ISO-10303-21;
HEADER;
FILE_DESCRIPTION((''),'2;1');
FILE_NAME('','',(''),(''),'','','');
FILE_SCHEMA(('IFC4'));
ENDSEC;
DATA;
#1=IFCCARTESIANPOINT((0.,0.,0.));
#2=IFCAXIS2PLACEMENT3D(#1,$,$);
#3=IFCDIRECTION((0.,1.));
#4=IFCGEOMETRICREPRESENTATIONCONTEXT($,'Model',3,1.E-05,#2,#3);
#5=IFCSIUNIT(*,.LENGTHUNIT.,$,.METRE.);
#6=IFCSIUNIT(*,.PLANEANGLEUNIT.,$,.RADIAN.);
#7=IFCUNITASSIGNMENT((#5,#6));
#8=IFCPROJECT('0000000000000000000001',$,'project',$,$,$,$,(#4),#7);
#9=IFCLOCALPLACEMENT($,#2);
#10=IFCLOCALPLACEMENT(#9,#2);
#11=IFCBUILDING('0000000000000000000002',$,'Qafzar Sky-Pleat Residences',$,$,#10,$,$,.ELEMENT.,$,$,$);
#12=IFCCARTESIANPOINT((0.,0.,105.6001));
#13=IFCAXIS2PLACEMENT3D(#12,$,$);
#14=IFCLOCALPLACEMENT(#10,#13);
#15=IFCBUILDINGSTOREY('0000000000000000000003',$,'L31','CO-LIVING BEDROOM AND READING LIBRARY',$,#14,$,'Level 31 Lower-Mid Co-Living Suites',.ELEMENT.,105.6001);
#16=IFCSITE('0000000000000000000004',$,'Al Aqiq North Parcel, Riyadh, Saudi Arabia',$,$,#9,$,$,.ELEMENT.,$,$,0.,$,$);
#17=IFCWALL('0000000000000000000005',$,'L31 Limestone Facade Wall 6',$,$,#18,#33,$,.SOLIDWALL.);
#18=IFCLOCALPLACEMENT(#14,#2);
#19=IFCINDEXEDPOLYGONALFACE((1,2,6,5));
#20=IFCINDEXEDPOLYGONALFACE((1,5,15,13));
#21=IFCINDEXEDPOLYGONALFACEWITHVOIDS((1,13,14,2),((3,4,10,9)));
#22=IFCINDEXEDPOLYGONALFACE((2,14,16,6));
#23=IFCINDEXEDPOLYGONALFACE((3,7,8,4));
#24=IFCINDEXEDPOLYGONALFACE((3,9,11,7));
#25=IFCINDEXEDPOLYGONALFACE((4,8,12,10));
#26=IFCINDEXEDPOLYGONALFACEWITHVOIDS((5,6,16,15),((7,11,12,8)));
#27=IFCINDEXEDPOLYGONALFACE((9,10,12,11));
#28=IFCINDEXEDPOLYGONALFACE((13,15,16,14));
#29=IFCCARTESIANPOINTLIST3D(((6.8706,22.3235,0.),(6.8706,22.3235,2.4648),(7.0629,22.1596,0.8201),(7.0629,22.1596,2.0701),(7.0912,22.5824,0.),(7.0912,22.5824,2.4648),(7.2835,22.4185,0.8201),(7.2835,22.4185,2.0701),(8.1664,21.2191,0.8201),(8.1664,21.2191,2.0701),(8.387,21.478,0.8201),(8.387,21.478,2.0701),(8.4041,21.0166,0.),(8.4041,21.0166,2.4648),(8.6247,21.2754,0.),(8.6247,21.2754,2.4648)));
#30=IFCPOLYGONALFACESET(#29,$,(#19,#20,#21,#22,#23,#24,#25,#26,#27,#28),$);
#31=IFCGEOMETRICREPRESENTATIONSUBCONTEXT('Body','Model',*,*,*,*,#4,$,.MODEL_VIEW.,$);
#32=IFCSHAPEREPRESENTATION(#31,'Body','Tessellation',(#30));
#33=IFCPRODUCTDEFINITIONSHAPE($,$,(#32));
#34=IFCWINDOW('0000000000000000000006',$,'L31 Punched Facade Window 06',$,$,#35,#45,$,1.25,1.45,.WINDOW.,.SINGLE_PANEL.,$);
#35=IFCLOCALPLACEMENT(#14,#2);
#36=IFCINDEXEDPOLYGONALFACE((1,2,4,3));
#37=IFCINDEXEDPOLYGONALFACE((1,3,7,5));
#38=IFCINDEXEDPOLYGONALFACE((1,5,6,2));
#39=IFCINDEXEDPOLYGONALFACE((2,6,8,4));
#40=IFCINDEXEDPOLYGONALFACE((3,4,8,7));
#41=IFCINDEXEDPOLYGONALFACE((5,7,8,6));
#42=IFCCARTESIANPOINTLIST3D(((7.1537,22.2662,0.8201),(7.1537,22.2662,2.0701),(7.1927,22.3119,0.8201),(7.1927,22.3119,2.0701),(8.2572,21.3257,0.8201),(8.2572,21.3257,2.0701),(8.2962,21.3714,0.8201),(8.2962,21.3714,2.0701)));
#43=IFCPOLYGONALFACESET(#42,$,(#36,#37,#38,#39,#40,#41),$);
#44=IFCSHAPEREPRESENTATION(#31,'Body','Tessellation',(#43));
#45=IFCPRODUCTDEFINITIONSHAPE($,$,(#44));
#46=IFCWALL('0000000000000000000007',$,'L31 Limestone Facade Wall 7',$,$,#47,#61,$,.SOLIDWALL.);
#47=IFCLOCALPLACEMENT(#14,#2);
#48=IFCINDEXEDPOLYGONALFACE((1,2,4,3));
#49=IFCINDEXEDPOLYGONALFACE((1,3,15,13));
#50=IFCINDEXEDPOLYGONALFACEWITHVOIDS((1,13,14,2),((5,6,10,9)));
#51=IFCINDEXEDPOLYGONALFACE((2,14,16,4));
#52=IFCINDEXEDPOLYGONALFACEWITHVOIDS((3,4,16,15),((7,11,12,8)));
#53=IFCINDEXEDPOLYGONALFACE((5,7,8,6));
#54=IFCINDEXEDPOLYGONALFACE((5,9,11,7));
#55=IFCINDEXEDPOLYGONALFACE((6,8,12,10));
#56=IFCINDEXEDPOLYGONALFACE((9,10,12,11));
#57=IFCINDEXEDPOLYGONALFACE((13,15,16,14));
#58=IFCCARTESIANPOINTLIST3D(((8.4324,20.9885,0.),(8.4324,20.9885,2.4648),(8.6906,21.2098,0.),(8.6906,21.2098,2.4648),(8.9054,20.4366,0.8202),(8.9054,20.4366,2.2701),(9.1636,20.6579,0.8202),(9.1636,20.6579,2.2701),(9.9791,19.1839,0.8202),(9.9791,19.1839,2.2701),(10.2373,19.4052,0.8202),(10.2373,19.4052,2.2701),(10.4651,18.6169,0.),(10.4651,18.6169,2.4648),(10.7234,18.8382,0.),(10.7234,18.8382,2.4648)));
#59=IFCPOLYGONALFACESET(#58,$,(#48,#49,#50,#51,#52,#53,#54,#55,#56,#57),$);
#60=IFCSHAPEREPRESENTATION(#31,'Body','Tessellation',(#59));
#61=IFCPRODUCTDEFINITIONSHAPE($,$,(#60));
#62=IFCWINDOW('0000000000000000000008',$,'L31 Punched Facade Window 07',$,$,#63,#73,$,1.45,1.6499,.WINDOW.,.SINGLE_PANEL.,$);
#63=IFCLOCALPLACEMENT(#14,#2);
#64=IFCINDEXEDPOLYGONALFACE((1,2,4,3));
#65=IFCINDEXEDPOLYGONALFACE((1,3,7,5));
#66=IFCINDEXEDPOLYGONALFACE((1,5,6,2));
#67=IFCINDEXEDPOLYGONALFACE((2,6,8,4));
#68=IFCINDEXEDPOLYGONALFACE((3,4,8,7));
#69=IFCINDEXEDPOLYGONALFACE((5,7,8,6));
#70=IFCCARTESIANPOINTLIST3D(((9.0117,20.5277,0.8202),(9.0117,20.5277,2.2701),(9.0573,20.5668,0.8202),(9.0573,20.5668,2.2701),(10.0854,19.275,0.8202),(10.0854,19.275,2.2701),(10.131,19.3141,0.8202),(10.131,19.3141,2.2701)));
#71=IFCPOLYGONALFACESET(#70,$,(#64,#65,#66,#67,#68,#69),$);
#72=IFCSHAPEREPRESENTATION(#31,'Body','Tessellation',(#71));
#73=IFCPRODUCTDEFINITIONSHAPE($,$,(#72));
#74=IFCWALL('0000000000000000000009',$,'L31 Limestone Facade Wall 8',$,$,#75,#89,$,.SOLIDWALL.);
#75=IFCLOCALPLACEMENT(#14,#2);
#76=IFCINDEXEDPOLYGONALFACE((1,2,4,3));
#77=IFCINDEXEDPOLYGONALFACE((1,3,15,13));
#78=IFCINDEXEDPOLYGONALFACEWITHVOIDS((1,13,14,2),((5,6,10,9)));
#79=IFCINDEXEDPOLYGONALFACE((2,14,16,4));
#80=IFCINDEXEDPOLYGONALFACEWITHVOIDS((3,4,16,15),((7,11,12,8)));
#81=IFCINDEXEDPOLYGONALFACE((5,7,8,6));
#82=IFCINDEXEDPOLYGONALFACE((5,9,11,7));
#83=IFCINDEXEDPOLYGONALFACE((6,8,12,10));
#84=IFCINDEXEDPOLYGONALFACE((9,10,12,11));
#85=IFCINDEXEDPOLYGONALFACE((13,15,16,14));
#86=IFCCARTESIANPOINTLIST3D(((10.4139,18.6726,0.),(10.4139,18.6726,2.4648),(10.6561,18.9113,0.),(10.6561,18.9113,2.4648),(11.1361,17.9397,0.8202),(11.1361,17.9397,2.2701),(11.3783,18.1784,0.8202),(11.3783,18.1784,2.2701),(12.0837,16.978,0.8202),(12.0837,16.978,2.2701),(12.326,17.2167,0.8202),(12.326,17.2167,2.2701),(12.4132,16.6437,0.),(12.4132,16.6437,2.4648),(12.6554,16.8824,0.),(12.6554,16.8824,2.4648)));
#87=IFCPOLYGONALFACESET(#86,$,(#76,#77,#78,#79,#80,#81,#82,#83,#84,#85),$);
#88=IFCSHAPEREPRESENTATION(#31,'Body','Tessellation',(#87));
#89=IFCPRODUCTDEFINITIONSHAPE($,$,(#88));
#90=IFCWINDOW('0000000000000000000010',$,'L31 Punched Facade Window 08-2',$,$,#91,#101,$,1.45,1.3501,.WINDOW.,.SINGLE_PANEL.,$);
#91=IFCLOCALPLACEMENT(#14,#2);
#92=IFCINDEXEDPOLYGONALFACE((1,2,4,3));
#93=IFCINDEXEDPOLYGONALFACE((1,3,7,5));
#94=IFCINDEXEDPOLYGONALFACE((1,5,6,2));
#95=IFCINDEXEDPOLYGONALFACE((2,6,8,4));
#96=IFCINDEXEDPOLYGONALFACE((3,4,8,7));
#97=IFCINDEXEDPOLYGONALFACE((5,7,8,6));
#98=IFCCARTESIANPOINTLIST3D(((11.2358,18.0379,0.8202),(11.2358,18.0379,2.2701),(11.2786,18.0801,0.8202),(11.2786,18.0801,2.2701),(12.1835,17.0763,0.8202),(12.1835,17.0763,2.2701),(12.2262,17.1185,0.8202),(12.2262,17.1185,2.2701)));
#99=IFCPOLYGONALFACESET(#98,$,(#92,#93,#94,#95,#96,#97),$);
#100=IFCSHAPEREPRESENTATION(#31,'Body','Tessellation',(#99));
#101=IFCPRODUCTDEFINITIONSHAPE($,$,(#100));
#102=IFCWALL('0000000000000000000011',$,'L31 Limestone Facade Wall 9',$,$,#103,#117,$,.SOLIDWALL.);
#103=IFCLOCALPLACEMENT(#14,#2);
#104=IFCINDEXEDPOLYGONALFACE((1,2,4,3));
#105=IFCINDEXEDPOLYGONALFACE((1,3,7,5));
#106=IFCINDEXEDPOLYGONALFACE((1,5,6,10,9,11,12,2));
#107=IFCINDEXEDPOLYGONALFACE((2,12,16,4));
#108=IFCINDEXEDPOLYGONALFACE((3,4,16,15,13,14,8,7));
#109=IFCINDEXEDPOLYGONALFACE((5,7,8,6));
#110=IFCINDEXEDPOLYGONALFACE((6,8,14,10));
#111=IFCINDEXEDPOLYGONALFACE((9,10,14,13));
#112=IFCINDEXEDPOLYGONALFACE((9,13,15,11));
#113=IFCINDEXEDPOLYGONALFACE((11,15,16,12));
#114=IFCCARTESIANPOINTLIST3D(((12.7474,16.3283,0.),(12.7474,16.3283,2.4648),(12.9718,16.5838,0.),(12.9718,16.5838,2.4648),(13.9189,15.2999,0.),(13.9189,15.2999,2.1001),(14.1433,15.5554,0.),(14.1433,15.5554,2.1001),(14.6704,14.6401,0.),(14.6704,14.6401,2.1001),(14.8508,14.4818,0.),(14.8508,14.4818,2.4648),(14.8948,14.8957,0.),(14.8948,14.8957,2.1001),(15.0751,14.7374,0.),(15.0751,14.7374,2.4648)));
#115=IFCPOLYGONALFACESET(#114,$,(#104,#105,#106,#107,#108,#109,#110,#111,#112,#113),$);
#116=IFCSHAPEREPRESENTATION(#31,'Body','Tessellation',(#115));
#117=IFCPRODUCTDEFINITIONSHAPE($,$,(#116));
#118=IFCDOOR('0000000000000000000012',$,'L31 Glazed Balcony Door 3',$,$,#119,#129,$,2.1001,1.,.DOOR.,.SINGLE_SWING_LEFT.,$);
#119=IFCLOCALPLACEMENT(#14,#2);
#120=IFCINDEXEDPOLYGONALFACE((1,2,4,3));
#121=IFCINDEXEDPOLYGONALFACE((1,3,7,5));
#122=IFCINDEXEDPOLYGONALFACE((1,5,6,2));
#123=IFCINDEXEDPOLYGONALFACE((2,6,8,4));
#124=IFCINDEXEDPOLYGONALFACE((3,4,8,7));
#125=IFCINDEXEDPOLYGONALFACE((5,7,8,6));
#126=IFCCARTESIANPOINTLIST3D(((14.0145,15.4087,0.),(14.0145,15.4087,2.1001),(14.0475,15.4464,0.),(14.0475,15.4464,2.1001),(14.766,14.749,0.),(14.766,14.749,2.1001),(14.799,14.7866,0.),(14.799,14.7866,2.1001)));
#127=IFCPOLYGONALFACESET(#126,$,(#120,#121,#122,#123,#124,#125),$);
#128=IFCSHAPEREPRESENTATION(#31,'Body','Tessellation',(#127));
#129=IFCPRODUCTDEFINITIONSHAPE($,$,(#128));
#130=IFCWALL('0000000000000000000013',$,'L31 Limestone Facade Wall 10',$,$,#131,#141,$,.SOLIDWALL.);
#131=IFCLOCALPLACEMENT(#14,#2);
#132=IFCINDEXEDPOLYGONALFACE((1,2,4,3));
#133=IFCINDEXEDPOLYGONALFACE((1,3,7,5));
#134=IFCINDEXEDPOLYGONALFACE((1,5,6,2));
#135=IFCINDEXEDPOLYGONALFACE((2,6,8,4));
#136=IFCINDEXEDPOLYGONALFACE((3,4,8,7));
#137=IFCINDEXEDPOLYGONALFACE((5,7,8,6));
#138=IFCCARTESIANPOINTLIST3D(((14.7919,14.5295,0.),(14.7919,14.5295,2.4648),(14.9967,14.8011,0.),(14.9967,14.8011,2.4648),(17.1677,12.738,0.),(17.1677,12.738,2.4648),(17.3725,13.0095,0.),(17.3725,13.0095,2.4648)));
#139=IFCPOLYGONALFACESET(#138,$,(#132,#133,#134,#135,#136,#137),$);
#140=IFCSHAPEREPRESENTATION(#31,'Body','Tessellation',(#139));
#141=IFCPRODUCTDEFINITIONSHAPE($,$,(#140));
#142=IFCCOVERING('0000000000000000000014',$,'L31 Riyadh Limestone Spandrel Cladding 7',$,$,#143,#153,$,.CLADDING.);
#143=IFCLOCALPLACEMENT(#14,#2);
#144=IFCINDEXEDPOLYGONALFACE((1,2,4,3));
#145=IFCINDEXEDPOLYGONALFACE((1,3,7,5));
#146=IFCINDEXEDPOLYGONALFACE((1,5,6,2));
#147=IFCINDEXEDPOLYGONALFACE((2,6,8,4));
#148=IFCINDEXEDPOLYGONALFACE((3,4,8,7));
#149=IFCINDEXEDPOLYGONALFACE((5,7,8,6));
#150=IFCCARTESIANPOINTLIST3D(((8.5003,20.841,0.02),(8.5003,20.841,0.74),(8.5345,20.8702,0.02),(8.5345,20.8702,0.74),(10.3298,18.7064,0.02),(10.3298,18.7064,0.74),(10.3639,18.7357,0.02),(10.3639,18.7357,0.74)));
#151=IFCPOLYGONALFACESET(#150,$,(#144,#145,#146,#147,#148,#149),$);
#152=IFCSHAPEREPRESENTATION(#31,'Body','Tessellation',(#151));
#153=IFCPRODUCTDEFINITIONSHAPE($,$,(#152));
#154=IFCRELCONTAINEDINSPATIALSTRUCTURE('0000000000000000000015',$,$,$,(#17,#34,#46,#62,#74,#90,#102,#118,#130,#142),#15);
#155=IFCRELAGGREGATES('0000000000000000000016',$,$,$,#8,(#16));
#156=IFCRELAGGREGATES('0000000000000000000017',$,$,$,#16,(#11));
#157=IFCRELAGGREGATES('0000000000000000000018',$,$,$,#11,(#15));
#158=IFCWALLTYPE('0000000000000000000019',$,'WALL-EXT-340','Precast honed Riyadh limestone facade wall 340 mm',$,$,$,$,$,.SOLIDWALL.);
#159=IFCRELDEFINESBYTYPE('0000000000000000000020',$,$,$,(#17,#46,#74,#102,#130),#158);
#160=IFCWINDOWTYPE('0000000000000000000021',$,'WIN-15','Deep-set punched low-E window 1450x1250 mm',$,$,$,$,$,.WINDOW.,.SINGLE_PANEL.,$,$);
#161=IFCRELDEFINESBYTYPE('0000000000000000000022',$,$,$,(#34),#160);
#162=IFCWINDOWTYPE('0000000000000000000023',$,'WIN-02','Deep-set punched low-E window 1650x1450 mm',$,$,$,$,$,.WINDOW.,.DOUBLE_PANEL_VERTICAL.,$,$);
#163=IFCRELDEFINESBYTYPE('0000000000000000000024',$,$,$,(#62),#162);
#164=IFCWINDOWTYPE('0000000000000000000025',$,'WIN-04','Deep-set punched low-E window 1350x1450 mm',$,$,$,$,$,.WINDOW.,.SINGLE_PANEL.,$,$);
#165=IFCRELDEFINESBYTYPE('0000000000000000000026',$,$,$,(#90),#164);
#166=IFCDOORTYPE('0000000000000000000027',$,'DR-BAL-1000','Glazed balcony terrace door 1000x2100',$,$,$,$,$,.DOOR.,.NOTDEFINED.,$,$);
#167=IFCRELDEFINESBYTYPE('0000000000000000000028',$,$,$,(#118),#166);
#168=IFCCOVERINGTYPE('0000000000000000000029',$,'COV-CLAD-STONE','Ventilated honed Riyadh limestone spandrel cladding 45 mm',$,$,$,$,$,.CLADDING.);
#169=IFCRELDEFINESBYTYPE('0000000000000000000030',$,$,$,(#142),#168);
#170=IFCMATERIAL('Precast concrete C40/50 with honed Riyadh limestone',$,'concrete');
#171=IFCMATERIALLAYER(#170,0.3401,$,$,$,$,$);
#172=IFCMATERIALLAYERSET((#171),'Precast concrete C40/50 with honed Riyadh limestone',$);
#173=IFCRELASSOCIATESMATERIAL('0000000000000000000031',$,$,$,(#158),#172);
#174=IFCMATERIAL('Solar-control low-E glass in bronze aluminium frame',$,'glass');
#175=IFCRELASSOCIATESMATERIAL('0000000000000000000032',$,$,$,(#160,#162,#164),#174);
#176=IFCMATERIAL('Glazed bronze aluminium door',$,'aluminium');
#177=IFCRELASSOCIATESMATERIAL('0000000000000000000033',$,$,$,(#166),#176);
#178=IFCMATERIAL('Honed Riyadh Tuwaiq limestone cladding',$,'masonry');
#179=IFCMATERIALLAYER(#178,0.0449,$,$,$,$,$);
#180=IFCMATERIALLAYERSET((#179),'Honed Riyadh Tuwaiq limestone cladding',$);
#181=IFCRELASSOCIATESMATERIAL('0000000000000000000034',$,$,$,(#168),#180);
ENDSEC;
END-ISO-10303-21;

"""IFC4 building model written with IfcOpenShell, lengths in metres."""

from ifc_helpers import new_model, si_unit, direction, frame, frame_2d, origin, origin_2d, place, context, subcontext, project, spatial, rectangle, extrude, source, transform, mapped, material, layer, layer_set, type_object, element, fill, save


model = new_model("IFC4")

# Units and contexts
model_context = context("Model", 3, precision=1e-05, world=origin(), true_north=direction((0.0, 1.0)))
body_context = subcontext(model_context, "Body", "Model", "MODEL_VIEW")
ifc_project = project(units=[si_unit("LENGTHUNIT", "METRE"), si_unit("PLANEANGLEUNIT", "RADIAN")], contexts=[model_context])

# Site, building, storey
site_placement = place(None, origin())
site = spatial("IfcSite", under=ifc_project, at=site_placement, Name="Al Aqiq North Parcel, Riyadh, Saudi Arabia", CompositionType="ELEMENT", RefElevation=0.0)
building_placement = place(site_placement, origin())
building = spatial("IfcBuilding", under=site, at=building_placement, Name="Qafzar Sky-Pleat Residences", CompositionType="ELEMENT")
storey_placement = place(building_placement, frame((0.0, 0.0, 105.6001)))
storey = spatial("IfcBuildingStorey", under=building, at=storey_placement, Name="L31", Description="CO-LIVING BEDROOM AND READING LIBRARY", LongName="Level 31 Lower-Mid Co-Living Suites", CompositionType="ELEMENT", Elevation=105.6001)

# Walls, openings, windows
ifc_material_1 = material(Name="Precast concrete C40/50 with honed Riyadh limestone", Category="concrete")
ifc_layer_1 = layer(ifc_material_1, 0.3401)
ifc_layer_set_1 = layer_set([ifc_layer_1], Name="Precast concrete C40/50 with honed Riyadh limestone")
wall_type_1 = type_object("IfcWallType", Name="WALL-EXT-340", Description="Precast honed Riyadh limestone facade wall 340 mm", PredefinedType="SOLIDWALL", material=ifc_layer_set_1)
wall_1_placement = place(storey_placement, frame((6.981, 22.4529, 0.0), z_axis=(0.0, 0.0, 1.0), x_axis=(0.761093, -0.648643, 0.0)))
wall_1 = element("IfcWall", 1, at=wall_1_placement, inside=storey, type_object=wall_type_1, Name="L31 Limestone Facade Wall 6", PredefinedType="SOLIDWALL", context=body_context, shape_type="SweptSolid", body=[
    extrude(rectangle(XDim=2.0149, YDim=0.3401, at=frame_2d((1.0073, 0.0))), origin(), (0.0, 0.0, 1.0), 2.4648),
])
opening_1_placement = place(wall_1_placement, frame((0.2524, 0.0, 0.8201)))
opening_1 = element("IfcOpeningElement", 2, at=opening_1_placement, cuts=wall_1, PredefinedType="OPENING", context=body_context, shape_type="SweptSolid", body=[
    extrude(rectangle(XDim=1.45, YDim=1.25, at=frame_2d((0.7251, 0.625))), frame((0.0, 0.1802, 0.0), z_axis=(0.0, -1.0, 0.0), x_axis=(1.0, 0.0, 0.0)), (0.0, 0.0, 1.0), 0.3601),
])
ifc_material_2 = material(Name="Solar-control low-E glass in bronze aluminium frame", Category="glass")
window_type_1 = type_object("IfcWindowType", Name="WIN-15", Description="Deep-set punched low-E window 1450x1250 mm", PartitioningType="SINGLE_PANEL", PredefinedType="WINDOW", material=ifc_material_2)
shared_shape_1 = source(origin(), body_context, "Body", "SweptSolid", [
    extrude(rectangle(XDim=1.45, YDim=1.25, at=frame_2d((0.7251, 0.625))), frame((0.0, 0.03, 0.0), z_axis=(0.0, -1.0, 0.0), x_axis=(1.0, 0.0, 0.0)), (0.0, 0.0, 1.0), 0.0601),
])
window_1_placement = place(opening_1_placement, origin())
window_1 = element("IfcWindow", 3, at=window_1_placement, inside=storey, type_object=window_type_1, Name="L31 Punched Facade Window 06", OverallHeight=1.25, OverallWidth=1.45, PartitioningType="SINGLE_PANEL", PredefinedType="WINDOW", context=body_context, shape_type="MappedRepresentation", body=[
    mapped(shared_shape_1, transform((0.0, 0.0, 0.0), x_axis=(1.0, 0.0, 0.0), y_axis=(0.0, 1.0, 0.0), z_axis=(0.0, 0.0, 1.0), scale=1.0)),
])
fill(opening_1, window_1)
wall_2_placement = place(storey_placement, frame((8.5615, 21.0991, 0.0), z_axis=(0.0, 0.0, 1.0), x_axis=(0.650778, -0.759268, 0.0)))
wall_2 = element("IfcWall", 4, at=wall_2_placement, inside=storey, type_object=wall_type_1, Name="L31 Limestone Facade Wall 7", PredefinedType="SOLIDWALL", context=body_context, shape_type="SweptSolid", body=[
    extrude(rectangle(XDim=3.1235, YDim=0.3401, at=frame_2d((1.5618, 0.0))), origin(), (0.0, 0.0, 1.0), 2.4648),
])
opening_2_placement = place(wall_2_placement, frame((0.7268, 0.0, 0.8201)))
opening_2 = element("IfcOpeningElement", 5, at=opening_2_placement, cuts=wall_2, PredefinedType="OPENING", context=body_context, shape_type="SweptSolid", body=[
    extrude(rectangle(XDim=1.6499, YDim=1.45, at=frame_2d((0.825, 0.7251))), frame((0.0, 0.1802, 0.0), z_axis=(0.0, -1.0, 0.0), x_axis=(1.0, 0.0, 0.0)), (0.0, 0.0, 1.0), 0.3601),
])
window_type_2 = type_object("IfcWindowType", Name="WIN-02", Description="Deep-set punched low-E window 1650x1450 mm", PartitioningType="DOUBLE_PANEL_VERTICAL", PredefinedType="WINDOW", material=ifc_material_2)
shared_shape_2 = source(origin(), body_context, "Body", "SweptSolid", [
    extrude(rectangle(XDim=1.6499, YDim=1.45, at=frame_2d((0.825, 0.7251))), frame((0.0, 0.03, 0.0), z_axis=(0.0, -1.0, 0.0), x_axis=(1.0, 0.0, 0.0)), (0.0, 0.0, 1.0), 0.0601),
])
window_2_placement = place(opening_2_placement, origin())
window_2 = element("IfcWindow", 6, at=window_2_placement, inside=storey, type_object=window_type_2, Name="L31 Punched Facade Window 07", OverallHeight=1.45, OverallWidth=1.6499, PartitioningType="SINGLE_PANEL", PredefinedType="WINDOW", context=body_context, shape_type="MappedRepresentation", body=[
    mapped(shared_shape_2, transform((0.0, 0.0, 0.0), x_axis=(1.0, 0.0, 0.0), y_axis=(0.0, 1.0, 0.0), z_axis=(0.0, 0.0, 1.0), scale=1.0)),
])
fill(opening_2, window_2)
wall_3_placement = place(storey_placement, frame((10.5349, 18.792, 0.0), z_axis=(0.0, 0.0, 1.0), x_axis=(0.701902, -0.712273, 0.0)))
wall_3 = element("IfcWall", 7, at=wall_3_placement, inside=storey, type_object=wall_type_1, Name="L31 Limestone Facade Wall 8", PredefinedType="SOLIDWALL", context=body_context, shape_type="SweptSolid", body=[
    extrude(rectangle(XDim=2.8484, YDim=0.3401, at=frame_2d((1.4243, 0.0))), origin(), (0.0, 0.0, 1.0), 2.4648),
])
opening_3_placement = place(wall_3_placement, frame((1.0291, 0.0, 0.8201)))
opening_3 = element("IfcOpeningElement", 8, at=opening_3_placement, cuts=wall_3, PredefinedType="OPENING", context=body_context, shape_type="SweptSolid", body=[
    extrude(rectangle(XDim=1.3501, YDim=1.45, at=frame_2d((0.675, 0.7251))), frame((0.0, 0.1802, 0.0), z_axis=(0.0, -1.0, 0.0), x_axis=(1.0, 0.0, 0.0)), (0.0, 0.0, 1.0), 0.3601),
])
window_type_3 = type_object("IfcWindowType", Name="WIN-04", Description="Deep-set punched low-E window 1350x1450 mm", PartitioningType="SINGLE_PANEL", PredefinedType="WINDOW", material=ifc_material_2)
shared_shape_3 = source(origin(), body_context, "Body", "SweptSolid", [
    extrude(rectangle(XDim=1.3501, YDim=1.45, at=frame_2d((0.675, 0.7251))), frame((0.0, 0.03, 0.0), z_axis=(0.0, -1.0, 0.0), x_axis=(1.0, 0.0, 0.0)), (0.0, 0.0, 1.0), 0.0601),
])
window_3_placement = place(opening_3_placement, origin())
window_3 = element("IfcWindow", 9, at=window_3_placement, inside=storey, type_object=window_type_3, Name="L31 Punched Facade Window 08-2", OverallHeight=1.45, OverallWidth=1.3501, PartitioningType="SINGLE_PANEL", PredefinedType="WINDOW", context=body_context, shape_type="MappedRepresentation", body=[
    mapped(shared_shape_3, transform((0.0, 0.0, 0.0), x_axis=(1.0, 0.0, 0.0), y_axis=(0.0, 1.0, 0.0), z_axis=(0.0, 0.0, 1.0), scale=1.0)),
])
fill(opening_3, window_3)

# Wall, opening, door
wall_4_placement = place(storey_placement, frame((12.8596, 16.4561, 0.0), z_axis=(0.0, 0.0, 1.0), x_axis=(0.7515, -0.659733, 0.0)))
wall_4 = element("IfcWall", 10, at=wall_4_placement, inside=storey, type_object=wall_type_1, Name="L31 Limestone Facade Wall 9", PredefinedType="SOLIDWALL", context=body_context, shape_type="SweptSolid", body=[
    extrude(rectangle(XDim=2.7988, YDim=0.3401, at=frame_2d((1.3994, 0.0))), origin(), (0.0, 0.0, 1.0), 2.4648),
])
opening_4_placement = place(wall_4_placement, frame((1.5588, 0.0, 0.0)))
opening_4 = element("IfcOpeningElement", 11, at=opening_4_placement, cuts=wall_4, PredefinedType="OPENING", context=body_context, shape_type="SweptSolid", body=[
    extrude(rectangle(XDim=1.0, YDim=2.1001, at=frame_2d((0.5, 1.05))), frame((0.0, 0.1802, 0.0), z_axis=(0.0, -1.0, 0.0), x_axis=(1.0, 0.0, 0.0)), (0.0, 0.0, 1.0), 0.3601),
])
ifc_material_3 = material(Name="Glazed bronze aluminium door", Category="aluminium")
door_type = type_object("IfcDoorType", Name="DR-BAL-1000", Description="Glazed balcony terrace door 1000x2100", OperationType="NOTDEFINED", PredefinedType="DOOR", material=ifc_material_3)
shared_shape_4 = source(origin(), body_context, "Body", "SweptSolid", [
    extrude(rectangle(XDim=1.0, YDim=2.1001, at=frame_2d((0.5, 1.05))), frame((0.0, 0.0249, 0.0), z_axis=(0.0, -1.0, 0.0), x_axis=(1.0, 0.0, 0.0)), (0.0, 0.0, 1.0), 0.05),
])
door_placement = place(opening_4_placement, origin())
door = element("IfcDoor", 12, at=door_placement, inside=storey, type_object=door_type, Name="L31 Glazed Balcony Door 3", OperationType="SINGLE_SWING_LEFT", OverallHeight=2.1001, OverallWidth=1.0, PredefinedType="DOOR", context=body_context, shape_type="MappedRepresentation", body=[
    mapped(shared_shape_4, transform((0.0, 0.0, 0.0), x_axis=(1.0, 0.0, 0.0), y_axis=(0.0, 1.0, 0.0), z_axis=(0.0, 0.0, 1.0), scale=1.0)),
])
fill(opening_4, door)

# Wall
wall_5_placement = place(storey_placement, frame((14.8943, 14.6653, 0.0), z_axis=(0.0, 0.0, 1.0), x_axis=(0.798432, -0.602085, 0.0)))
element("IfcWall", 13, at=wall_5_placement, inside=storey, type_object=wall_type_1, Name="L31 Limestone Facade Wall 10", PredefinedType="SOLIDWALL", context=body_context, shape_type="SweptSolid", body=[
    extrude(rectangle(XDim=2.9756, YDim=0.3401, at=frame_2d((1.4878, 0.0))), origin(), (0.0, 0.0, 1.0), 2.4648),
])

# Covering
ifc_material_4 = material(Name="Honed Riyadh Tuwaiq limestone cladding", Category="masonry")
ifc_layer_2 = layer(ifc_material_4, 0.0449)
ifc_layer_set_2 = layer_set([ifc_layer_2], Name="Honed Riyadh Tuwaiq limestone cladding")
covering_type = type_object("IfcCoveringType", Name="COV-CLAD-STONE", Description="Ventilated honed Riyadh limestone spandrel cladding 45 mm", PredefinedType="CLADDING", material=ifc_layer_set_2)
shared_shape_5 = source(origin(), body_context, "Body", "SweptSolid", [
    extrude(rectangle(XDim=2.8113, YDim=0.0449, at=origin_2d()), origin(), (0.0, 0.0, 1.0), 0.72),
])
covering_placement = place(storey_placement, frame((9.4321, 19.7883, 0.02), z_axis=(0.0, 0.0, 1.0), x_axis=(0.650754, -0.759288, 0.0)))
element("IfcCovering", 14, at=covering_placement, inside=storey, type_object=covering_type, Name="L31 Riyadh Limestone Spandrel Cladding 7", PredefinedType="CLADDING", context=body_context, shape_type="MappedRepresentation", body=[
    mapped(shared_shape_5, transform((0.0, 0.0, 0.0), x_axis=(1.0, 0.0, 0.0), y_axis=(0.0, 1.0, 0.0), z_axis=(0.0, 0.0, 1.0), scale=1.0)),
])

save(model, "model.ifc")
